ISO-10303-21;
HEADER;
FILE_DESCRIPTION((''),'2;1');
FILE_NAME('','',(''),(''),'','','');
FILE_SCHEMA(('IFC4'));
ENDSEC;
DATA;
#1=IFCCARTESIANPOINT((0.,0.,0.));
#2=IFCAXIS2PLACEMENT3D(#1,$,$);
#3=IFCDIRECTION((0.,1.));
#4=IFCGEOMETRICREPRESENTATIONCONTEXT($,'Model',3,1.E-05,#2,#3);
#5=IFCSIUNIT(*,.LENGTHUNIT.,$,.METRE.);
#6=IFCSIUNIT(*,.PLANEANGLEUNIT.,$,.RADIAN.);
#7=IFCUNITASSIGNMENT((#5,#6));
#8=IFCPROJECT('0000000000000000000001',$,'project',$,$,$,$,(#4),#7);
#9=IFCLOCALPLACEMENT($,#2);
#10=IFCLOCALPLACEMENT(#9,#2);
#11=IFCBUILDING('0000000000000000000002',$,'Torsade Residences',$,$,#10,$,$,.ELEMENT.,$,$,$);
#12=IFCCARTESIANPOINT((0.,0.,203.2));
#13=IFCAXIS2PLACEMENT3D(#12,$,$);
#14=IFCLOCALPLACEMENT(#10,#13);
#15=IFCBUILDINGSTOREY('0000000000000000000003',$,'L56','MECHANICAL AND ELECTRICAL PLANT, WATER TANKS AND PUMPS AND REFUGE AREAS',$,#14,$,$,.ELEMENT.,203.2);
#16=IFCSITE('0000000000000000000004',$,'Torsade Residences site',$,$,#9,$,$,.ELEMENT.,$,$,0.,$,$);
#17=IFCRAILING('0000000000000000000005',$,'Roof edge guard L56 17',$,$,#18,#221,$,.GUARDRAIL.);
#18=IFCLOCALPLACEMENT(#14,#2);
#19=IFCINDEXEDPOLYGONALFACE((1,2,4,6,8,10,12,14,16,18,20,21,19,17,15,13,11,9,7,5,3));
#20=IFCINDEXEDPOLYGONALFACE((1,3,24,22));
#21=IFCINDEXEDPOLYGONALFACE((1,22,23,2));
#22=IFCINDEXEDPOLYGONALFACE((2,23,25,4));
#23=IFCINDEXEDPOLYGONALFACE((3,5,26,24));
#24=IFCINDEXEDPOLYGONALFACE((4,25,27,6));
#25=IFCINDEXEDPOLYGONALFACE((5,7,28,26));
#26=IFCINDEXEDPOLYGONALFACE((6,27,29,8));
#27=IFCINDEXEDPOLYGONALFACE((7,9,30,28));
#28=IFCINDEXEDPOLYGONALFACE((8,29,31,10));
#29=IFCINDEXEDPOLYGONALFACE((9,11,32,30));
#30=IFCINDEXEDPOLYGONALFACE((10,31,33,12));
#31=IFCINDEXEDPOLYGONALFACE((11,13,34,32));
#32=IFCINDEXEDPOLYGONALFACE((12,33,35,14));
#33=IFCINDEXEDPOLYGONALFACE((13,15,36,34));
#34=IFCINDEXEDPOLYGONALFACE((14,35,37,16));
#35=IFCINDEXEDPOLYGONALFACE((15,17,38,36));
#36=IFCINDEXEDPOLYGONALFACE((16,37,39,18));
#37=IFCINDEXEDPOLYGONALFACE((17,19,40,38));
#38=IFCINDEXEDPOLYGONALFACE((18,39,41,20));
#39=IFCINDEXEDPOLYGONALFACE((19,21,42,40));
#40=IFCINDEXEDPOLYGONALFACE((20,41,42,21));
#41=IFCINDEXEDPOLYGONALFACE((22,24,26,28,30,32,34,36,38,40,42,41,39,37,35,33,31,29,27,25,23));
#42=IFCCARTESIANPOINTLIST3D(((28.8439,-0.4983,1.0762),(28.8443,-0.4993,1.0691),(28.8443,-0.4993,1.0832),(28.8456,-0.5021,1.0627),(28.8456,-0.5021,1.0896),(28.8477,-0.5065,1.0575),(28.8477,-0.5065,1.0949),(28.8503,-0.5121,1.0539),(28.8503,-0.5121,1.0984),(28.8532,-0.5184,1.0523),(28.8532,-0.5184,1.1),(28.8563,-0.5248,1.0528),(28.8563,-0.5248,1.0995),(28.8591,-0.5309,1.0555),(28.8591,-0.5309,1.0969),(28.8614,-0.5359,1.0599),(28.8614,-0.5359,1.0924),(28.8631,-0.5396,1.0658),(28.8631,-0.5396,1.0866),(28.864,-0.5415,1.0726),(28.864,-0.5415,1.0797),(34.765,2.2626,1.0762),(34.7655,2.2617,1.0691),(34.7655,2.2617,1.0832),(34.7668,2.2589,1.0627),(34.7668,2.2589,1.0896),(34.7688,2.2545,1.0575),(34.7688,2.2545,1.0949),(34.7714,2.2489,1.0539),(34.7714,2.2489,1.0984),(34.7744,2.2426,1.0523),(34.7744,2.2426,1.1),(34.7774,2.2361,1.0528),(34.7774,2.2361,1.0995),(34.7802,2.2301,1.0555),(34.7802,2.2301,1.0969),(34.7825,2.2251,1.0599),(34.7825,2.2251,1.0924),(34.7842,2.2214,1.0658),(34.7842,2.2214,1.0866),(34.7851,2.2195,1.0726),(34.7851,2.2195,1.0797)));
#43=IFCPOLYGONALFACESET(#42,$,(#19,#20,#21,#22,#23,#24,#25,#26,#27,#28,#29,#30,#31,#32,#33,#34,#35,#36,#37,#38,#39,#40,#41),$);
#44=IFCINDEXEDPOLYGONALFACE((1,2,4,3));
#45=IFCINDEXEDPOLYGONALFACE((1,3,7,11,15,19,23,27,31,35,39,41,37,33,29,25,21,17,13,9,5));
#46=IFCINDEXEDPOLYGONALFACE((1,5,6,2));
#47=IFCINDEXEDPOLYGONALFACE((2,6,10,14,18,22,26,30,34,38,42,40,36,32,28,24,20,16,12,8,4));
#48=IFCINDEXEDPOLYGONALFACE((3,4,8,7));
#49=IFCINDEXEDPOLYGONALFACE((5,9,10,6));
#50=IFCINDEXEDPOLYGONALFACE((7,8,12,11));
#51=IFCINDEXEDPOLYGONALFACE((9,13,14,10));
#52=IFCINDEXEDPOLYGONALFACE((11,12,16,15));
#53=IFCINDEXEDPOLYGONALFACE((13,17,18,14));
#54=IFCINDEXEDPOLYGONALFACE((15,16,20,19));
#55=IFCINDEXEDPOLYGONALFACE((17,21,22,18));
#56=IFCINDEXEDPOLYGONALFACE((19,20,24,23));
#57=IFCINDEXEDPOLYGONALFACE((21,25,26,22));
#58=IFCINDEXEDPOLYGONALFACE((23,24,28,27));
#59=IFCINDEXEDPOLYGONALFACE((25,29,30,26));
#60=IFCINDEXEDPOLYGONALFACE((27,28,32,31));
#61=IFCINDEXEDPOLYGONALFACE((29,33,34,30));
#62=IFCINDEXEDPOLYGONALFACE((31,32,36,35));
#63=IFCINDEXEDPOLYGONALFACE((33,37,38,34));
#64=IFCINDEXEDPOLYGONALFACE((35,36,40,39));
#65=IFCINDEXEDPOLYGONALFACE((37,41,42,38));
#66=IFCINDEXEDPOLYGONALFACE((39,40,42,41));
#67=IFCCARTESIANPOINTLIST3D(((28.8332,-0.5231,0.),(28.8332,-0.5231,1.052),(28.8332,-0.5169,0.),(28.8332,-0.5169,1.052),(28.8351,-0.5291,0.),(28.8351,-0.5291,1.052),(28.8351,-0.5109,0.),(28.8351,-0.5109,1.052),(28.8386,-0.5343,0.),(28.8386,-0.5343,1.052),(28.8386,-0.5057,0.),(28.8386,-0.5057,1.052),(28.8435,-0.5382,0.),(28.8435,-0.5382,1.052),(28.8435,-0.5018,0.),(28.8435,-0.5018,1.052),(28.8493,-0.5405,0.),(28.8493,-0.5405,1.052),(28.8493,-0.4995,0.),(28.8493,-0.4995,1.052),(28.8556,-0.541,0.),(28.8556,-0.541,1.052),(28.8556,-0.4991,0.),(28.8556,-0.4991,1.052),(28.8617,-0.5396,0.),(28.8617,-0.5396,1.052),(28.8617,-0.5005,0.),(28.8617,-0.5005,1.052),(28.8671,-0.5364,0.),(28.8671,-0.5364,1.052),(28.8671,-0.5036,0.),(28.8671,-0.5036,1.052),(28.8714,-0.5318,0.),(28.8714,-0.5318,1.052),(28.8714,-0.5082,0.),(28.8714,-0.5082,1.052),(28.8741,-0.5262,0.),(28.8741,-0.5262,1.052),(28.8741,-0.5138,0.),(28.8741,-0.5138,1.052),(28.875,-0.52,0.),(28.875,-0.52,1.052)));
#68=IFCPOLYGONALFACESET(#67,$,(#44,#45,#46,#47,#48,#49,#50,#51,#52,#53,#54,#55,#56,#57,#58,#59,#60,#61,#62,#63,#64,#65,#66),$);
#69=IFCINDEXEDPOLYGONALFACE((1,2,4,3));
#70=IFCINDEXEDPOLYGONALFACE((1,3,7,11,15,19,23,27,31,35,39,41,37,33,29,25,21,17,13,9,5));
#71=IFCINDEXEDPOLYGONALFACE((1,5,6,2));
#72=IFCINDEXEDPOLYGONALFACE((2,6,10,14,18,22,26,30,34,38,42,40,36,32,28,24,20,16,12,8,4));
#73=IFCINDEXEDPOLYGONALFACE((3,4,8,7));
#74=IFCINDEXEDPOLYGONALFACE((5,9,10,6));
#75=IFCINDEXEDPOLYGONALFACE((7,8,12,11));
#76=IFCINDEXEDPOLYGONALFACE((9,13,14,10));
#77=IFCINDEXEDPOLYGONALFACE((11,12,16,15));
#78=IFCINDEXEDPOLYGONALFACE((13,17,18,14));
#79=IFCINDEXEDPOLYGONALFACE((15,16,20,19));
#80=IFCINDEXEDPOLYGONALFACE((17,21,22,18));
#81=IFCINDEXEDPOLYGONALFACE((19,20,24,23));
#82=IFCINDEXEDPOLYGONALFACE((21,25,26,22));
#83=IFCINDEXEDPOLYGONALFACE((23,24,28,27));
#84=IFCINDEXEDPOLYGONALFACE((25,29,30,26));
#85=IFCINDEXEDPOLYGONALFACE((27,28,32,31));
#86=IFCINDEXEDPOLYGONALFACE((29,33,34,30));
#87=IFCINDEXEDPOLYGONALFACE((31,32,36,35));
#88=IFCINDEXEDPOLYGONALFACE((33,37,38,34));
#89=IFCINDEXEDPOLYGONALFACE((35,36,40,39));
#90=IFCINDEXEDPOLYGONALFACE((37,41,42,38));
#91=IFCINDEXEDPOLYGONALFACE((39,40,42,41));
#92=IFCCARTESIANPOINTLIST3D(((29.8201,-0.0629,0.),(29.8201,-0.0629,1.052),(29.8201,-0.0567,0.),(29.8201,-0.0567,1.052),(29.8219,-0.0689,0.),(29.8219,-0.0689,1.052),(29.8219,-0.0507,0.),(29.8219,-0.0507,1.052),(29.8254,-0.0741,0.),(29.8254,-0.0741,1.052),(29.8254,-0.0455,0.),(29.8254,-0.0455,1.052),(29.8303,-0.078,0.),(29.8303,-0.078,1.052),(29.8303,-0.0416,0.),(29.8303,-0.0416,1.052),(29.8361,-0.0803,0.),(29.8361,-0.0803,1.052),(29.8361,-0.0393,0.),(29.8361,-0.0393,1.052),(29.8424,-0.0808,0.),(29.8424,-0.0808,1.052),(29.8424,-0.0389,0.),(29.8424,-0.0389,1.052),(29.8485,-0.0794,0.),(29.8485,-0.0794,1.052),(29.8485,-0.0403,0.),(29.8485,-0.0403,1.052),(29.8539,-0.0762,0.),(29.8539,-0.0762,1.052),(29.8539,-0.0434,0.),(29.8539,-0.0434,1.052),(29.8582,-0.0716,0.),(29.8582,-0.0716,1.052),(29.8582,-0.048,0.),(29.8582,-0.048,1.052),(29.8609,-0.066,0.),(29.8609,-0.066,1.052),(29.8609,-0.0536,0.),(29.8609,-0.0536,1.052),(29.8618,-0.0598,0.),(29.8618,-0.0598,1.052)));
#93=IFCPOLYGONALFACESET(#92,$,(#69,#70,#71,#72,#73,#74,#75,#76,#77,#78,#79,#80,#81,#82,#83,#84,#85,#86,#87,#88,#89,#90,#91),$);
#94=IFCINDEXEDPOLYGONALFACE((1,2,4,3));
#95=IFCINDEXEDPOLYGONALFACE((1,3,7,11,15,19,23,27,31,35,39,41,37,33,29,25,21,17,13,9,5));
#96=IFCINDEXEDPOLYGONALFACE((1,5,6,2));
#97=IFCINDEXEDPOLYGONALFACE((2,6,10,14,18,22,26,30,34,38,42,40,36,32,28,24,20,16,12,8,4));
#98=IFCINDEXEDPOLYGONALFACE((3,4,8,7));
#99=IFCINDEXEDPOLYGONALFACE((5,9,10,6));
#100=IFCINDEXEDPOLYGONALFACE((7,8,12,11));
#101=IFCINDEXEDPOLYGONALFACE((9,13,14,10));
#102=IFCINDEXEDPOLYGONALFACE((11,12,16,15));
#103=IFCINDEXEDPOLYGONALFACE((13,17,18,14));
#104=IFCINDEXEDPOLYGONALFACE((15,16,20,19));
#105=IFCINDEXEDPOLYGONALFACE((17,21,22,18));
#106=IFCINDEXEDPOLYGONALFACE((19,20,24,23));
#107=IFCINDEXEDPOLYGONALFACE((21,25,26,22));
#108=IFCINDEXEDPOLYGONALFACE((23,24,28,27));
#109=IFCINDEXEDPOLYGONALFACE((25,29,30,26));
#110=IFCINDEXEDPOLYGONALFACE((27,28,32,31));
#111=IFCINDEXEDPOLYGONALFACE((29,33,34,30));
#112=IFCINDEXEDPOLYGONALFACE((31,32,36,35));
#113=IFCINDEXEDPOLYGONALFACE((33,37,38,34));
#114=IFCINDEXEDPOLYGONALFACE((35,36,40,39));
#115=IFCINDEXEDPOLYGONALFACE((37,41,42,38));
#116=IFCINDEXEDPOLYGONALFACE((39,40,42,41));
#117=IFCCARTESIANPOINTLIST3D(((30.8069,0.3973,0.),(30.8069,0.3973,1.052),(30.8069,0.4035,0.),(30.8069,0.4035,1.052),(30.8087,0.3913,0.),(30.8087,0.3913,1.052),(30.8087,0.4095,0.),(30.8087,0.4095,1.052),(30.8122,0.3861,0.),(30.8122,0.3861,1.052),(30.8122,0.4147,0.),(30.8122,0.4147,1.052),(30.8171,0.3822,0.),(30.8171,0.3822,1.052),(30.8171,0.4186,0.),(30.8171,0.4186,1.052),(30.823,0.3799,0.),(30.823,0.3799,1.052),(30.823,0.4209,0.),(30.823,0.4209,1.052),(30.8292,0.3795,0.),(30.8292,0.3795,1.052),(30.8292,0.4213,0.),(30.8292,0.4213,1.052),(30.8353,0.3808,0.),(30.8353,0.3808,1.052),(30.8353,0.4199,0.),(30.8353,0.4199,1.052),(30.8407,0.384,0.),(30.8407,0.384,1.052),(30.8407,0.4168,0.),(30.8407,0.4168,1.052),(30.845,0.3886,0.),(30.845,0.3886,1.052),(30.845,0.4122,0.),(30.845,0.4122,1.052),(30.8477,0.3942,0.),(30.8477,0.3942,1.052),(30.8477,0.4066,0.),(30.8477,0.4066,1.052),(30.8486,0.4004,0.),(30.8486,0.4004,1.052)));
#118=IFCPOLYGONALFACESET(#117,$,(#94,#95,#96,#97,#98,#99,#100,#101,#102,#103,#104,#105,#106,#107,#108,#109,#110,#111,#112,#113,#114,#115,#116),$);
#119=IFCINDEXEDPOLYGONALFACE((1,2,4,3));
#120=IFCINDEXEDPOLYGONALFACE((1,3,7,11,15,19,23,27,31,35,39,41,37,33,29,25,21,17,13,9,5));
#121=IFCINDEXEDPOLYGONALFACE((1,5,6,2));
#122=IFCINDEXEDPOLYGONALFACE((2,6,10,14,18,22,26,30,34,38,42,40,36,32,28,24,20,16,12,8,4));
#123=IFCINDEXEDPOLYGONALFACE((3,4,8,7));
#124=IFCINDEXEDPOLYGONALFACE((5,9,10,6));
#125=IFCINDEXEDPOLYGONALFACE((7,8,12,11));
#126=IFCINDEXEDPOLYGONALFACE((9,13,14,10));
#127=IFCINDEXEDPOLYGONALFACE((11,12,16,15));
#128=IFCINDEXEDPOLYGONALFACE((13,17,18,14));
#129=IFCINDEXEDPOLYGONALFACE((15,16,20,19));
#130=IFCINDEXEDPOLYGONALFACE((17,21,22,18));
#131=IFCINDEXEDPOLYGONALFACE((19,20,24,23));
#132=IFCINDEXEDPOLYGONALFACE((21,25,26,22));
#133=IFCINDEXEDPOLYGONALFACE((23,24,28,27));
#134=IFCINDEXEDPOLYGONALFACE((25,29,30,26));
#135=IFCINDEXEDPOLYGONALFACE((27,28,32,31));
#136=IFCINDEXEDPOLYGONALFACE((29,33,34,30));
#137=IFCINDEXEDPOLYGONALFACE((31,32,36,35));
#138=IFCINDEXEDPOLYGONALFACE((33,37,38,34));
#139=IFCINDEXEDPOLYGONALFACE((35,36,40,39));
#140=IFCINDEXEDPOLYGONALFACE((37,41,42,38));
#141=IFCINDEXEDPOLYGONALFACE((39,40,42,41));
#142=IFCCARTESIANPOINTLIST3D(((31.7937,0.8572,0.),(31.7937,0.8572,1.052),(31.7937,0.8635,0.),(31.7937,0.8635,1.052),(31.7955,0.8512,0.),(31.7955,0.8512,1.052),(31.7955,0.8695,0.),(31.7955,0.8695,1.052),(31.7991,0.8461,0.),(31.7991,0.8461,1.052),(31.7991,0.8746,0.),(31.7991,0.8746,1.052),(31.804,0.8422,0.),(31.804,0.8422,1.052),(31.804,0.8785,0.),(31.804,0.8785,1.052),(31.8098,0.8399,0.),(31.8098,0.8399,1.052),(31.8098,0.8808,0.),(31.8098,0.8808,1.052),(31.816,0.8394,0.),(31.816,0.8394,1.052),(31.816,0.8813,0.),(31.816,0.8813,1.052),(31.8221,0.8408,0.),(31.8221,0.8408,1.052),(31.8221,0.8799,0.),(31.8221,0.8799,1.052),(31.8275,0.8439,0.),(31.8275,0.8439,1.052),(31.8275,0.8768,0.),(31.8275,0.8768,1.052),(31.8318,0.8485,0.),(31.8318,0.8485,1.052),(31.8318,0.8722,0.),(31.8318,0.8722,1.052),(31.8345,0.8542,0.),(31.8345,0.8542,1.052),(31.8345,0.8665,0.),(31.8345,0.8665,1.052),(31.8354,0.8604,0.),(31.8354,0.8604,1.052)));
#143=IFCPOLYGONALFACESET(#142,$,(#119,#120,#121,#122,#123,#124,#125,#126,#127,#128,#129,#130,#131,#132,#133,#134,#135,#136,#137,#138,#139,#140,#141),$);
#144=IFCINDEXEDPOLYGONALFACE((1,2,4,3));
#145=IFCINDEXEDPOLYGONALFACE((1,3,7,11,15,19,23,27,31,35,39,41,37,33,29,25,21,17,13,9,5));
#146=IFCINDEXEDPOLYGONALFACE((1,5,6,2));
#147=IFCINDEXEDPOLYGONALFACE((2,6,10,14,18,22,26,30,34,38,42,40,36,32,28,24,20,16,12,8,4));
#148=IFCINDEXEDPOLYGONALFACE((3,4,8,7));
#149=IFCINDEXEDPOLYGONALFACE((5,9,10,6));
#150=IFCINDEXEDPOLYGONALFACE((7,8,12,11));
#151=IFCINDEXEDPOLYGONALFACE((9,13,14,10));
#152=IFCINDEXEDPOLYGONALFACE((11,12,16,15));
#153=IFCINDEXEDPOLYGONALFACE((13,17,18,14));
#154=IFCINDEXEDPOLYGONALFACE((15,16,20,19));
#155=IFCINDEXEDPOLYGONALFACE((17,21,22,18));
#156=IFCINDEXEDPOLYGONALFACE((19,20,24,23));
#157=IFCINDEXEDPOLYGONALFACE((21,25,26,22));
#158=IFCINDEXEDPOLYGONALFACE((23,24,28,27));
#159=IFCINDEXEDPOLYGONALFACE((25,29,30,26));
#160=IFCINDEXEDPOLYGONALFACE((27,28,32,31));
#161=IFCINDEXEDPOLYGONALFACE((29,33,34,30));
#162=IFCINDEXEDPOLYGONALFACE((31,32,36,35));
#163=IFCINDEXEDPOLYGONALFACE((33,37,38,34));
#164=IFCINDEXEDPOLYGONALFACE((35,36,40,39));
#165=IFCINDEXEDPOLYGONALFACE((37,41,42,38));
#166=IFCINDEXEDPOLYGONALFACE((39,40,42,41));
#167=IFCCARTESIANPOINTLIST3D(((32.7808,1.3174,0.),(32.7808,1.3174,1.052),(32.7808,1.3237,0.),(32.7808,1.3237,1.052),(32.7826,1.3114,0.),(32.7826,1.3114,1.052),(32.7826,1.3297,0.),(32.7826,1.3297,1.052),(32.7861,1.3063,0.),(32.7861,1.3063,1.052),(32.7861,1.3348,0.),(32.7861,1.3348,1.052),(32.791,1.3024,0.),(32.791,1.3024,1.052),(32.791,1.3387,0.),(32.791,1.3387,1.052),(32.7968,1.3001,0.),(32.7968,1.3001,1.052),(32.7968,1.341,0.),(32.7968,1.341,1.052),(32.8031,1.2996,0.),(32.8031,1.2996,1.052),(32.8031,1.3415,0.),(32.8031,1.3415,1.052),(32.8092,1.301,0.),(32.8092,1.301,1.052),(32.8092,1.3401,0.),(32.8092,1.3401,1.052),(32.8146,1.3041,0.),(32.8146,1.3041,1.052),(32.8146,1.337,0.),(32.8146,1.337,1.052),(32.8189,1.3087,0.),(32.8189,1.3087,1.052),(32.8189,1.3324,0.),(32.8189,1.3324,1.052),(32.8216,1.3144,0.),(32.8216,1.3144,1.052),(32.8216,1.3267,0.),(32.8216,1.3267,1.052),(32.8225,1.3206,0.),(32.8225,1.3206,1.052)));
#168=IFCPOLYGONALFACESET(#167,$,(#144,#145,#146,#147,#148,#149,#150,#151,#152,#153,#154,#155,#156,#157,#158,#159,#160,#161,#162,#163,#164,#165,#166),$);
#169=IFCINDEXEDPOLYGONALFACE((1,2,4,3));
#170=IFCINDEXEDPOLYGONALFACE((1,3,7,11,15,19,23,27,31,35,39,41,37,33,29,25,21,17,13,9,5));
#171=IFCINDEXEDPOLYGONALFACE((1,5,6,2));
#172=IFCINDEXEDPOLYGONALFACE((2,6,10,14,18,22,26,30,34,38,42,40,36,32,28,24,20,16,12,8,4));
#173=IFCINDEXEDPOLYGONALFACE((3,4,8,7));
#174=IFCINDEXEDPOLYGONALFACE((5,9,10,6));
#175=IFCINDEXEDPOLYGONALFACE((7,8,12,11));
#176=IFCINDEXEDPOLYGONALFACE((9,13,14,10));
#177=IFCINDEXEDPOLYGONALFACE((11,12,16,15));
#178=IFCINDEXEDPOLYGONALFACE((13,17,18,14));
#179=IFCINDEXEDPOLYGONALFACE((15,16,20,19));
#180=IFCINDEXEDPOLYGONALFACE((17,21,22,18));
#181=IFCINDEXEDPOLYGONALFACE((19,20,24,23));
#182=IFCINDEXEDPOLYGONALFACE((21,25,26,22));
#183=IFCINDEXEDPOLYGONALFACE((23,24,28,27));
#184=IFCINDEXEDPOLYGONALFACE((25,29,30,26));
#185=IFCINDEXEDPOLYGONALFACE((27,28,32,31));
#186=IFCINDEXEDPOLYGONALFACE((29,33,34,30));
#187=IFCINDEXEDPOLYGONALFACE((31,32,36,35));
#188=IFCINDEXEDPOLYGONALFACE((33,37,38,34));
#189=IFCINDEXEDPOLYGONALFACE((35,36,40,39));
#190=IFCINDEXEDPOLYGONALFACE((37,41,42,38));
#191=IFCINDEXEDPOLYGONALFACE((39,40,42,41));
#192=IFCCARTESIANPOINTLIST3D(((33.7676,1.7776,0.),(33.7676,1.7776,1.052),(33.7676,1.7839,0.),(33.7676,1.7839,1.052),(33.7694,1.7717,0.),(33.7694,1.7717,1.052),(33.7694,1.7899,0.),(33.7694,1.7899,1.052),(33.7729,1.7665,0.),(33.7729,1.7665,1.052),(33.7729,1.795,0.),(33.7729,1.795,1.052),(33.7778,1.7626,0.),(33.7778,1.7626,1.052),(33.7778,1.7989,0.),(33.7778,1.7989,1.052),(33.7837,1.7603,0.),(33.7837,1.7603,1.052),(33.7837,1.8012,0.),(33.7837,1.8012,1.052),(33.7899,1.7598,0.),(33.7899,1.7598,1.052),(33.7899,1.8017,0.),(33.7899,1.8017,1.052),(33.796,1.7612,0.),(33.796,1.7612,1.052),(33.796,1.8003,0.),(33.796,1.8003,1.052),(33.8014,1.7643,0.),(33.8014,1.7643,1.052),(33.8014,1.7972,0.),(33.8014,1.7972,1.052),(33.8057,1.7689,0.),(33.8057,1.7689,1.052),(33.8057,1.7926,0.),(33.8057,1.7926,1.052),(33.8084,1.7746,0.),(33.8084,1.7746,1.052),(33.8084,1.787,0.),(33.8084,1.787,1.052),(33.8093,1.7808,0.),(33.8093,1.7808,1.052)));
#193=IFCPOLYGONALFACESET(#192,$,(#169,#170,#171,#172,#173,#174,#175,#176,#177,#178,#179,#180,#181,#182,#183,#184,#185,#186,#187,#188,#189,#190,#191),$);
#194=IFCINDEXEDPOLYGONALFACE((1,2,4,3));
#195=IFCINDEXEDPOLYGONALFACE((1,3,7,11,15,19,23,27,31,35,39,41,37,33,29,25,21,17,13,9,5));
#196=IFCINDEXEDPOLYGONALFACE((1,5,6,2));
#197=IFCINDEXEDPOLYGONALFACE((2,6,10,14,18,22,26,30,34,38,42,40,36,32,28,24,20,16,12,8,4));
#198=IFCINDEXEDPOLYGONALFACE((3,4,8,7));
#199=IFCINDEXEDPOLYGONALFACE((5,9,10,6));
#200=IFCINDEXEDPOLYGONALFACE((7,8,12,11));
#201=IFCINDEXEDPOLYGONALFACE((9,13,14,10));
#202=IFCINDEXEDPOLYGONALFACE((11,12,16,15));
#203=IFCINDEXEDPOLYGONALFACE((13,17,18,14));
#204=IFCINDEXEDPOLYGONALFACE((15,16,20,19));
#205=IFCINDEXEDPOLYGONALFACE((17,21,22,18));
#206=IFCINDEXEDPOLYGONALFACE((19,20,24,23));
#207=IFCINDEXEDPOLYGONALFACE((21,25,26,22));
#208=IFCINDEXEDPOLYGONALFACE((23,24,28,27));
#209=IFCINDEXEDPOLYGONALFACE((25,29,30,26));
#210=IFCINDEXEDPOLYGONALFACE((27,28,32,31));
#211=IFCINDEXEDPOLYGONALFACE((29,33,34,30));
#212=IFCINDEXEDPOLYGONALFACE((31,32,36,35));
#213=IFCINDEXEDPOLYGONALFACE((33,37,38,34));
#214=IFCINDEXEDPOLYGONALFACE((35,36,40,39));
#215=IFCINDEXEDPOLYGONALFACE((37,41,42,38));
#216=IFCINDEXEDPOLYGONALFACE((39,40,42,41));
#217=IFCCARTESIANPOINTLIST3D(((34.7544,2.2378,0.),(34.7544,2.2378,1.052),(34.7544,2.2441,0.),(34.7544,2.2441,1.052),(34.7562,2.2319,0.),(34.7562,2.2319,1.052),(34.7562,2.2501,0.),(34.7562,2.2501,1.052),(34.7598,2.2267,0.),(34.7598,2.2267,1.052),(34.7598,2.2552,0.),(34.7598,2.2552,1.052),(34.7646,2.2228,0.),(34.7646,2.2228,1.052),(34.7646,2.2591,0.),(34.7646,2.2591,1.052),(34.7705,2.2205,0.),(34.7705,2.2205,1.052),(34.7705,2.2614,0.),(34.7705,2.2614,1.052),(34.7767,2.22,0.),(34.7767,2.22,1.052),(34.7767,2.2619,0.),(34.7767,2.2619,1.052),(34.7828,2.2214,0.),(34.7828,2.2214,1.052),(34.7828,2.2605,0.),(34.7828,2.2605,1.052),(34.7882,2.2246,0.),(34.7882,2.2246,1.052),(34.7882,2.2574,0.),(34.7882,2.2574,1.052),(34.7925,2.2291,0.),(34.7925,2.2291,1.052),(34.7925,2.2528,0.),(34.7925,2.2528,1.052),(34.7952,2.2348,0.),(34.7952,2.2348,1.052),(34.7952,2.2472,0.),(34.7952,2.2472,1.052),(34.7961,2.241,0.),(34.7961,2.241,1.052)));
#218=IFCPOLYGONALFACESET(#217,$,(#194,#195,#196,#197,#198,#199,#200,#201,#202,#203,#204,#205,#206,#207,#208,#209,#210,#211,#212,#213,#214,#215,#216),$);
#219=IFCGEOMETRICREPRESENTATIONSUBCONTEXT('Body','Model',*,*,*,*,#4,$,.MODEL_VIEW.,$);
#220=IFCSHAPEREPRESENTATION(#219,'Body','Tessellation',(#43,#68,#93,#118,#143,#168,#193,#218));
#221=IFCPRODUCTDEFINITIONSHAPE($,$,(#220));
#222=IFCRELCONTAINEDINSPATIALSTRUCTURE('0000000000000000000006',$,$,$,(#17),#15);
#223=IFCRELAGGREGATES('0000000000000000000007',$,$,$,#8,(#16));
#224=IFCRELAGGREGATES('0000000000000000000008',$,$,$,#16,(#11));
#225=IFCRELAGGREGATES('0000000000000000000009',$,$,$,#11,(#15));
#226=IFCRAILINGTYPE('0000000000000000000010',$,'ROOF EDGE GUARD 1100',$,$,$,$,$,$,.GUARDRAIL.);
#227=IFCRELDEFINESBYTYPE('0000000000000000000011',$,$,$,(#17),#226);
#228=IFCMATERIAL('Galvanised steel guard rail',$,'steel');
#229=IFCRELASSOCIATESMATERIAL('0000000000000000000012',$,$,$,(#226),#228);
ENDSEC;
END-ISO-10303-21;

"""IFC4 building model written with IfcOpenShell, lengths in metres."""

from ifc_helpers import new_model, si_unit, direction, frame, origin, origin_2d, place, context, subcontext, project, spatial, circle, extrude, material, type_object, element, save


model = new_model("IFC4")

# Units and contexts
model_context = context("Model", 3, precision=1e-05, world=origin(), true_north=direction((0.0, 1.0)))
body_context = subcontext(model_context, "Body", "Model", "MODEL_VIEW")
ifc_project = project(units=[si_unit("LENGTHUNIT", "METRE"), si_unit("PLANEANGLEUNIT", "RADIAN")], contexts=[model_context])

# Site, building, storey
site_placement = place(None, origin())
site = spatial("IfcSite", under=ifc_project, at=site_placement, Name="Torsade Residences site", CompositionType="ELEMENT", RefElevation=0.0)
building_placement = place(site_placement, origin())
building = spatial("IfcBuilding", under=site, at=building_placement, Name="Torsade Residences", CompositionType="ELEMENT")
storey_placement = place(building_placement, frame((0.0, 0.0, 203.2)))
storey = spatial("IfcBuildingStorey", under=building, at=storey_placement, Name="L56", Description="MECHANICAL AND ELECTRICAL PLANT, WATER TANKS AND PUMPS AND REFUGE AREAS", CompositionType="ELEMENT", Elevation=203.2)

# Railing
ifc_material_1 = material(Name="Galvanised steel guard rail", Category="steel")
railing_type = type_object("IfcRailingType", Name="ROOF EDGE GUARD 1100", PredefinedType="GUARDRAIL", material=ifc_material_1)
railing_1_placement = place(storey_placement, frame((28.854, -0.52, 0.0)))
element("IfcRailing", 1, at=railing_1_placement, inside=storey, type_object=railing_type, Name="Roof edge guard L56 17", PredefinedType="GUARDRAIL", context=body_context, shape_type="SweptSolid", body=[
    extrude(circle(Radius=0.0239, at=origin_2d()), frame((0.0, 0.0, 1.0762), z_axis=(0.906313, 0.422607, 0.0), x_axis=(-0.422607, 0.906313, 0.0)), (0.0, 0.0, 1.0), 6.5332),
    extrude(circle(Radius=0.021, at=origin_2d()), origin(), (0.0, 0.0, 1.0), 1.052),
    extrude(circle(Radius=0.021, at=origin_2d()), frame((0.9868, 0.4602, 0.0)), (0.0, 0.0, 1.0), 1.052),
    extrude(circle(Radius=0.021, at=origin_2d()), frame((1.9736, 0.9204, 0.0)), (0.0, 0.0, 1.0), 1.052),
    extrude(circle(Radius=0.021, at=origin_2d()), frame((2.9604, 1.3804, 0.0)), (0.0, 0.0, 1.0), 1.052),
    extrude(circle(Radius=0.021, at=origin_2d()), frame((3.9475, 1.8406, 0.0)), (0.0, 0.0, 1.0), 1.052),
    extrude(circle(Radius=0.021, at=origin_2d()), frame((4.9343, 2.3008, 0.0)), (0.0, 0.0, 1.0), 1.052),
    extrude(circle(Radius=0.021, at=origin_2d()), frame((5.9211, 2.761, 0.0)), (0.0, 0.0, 1.0), 1.052),
])

save(model, "model.ifc")
